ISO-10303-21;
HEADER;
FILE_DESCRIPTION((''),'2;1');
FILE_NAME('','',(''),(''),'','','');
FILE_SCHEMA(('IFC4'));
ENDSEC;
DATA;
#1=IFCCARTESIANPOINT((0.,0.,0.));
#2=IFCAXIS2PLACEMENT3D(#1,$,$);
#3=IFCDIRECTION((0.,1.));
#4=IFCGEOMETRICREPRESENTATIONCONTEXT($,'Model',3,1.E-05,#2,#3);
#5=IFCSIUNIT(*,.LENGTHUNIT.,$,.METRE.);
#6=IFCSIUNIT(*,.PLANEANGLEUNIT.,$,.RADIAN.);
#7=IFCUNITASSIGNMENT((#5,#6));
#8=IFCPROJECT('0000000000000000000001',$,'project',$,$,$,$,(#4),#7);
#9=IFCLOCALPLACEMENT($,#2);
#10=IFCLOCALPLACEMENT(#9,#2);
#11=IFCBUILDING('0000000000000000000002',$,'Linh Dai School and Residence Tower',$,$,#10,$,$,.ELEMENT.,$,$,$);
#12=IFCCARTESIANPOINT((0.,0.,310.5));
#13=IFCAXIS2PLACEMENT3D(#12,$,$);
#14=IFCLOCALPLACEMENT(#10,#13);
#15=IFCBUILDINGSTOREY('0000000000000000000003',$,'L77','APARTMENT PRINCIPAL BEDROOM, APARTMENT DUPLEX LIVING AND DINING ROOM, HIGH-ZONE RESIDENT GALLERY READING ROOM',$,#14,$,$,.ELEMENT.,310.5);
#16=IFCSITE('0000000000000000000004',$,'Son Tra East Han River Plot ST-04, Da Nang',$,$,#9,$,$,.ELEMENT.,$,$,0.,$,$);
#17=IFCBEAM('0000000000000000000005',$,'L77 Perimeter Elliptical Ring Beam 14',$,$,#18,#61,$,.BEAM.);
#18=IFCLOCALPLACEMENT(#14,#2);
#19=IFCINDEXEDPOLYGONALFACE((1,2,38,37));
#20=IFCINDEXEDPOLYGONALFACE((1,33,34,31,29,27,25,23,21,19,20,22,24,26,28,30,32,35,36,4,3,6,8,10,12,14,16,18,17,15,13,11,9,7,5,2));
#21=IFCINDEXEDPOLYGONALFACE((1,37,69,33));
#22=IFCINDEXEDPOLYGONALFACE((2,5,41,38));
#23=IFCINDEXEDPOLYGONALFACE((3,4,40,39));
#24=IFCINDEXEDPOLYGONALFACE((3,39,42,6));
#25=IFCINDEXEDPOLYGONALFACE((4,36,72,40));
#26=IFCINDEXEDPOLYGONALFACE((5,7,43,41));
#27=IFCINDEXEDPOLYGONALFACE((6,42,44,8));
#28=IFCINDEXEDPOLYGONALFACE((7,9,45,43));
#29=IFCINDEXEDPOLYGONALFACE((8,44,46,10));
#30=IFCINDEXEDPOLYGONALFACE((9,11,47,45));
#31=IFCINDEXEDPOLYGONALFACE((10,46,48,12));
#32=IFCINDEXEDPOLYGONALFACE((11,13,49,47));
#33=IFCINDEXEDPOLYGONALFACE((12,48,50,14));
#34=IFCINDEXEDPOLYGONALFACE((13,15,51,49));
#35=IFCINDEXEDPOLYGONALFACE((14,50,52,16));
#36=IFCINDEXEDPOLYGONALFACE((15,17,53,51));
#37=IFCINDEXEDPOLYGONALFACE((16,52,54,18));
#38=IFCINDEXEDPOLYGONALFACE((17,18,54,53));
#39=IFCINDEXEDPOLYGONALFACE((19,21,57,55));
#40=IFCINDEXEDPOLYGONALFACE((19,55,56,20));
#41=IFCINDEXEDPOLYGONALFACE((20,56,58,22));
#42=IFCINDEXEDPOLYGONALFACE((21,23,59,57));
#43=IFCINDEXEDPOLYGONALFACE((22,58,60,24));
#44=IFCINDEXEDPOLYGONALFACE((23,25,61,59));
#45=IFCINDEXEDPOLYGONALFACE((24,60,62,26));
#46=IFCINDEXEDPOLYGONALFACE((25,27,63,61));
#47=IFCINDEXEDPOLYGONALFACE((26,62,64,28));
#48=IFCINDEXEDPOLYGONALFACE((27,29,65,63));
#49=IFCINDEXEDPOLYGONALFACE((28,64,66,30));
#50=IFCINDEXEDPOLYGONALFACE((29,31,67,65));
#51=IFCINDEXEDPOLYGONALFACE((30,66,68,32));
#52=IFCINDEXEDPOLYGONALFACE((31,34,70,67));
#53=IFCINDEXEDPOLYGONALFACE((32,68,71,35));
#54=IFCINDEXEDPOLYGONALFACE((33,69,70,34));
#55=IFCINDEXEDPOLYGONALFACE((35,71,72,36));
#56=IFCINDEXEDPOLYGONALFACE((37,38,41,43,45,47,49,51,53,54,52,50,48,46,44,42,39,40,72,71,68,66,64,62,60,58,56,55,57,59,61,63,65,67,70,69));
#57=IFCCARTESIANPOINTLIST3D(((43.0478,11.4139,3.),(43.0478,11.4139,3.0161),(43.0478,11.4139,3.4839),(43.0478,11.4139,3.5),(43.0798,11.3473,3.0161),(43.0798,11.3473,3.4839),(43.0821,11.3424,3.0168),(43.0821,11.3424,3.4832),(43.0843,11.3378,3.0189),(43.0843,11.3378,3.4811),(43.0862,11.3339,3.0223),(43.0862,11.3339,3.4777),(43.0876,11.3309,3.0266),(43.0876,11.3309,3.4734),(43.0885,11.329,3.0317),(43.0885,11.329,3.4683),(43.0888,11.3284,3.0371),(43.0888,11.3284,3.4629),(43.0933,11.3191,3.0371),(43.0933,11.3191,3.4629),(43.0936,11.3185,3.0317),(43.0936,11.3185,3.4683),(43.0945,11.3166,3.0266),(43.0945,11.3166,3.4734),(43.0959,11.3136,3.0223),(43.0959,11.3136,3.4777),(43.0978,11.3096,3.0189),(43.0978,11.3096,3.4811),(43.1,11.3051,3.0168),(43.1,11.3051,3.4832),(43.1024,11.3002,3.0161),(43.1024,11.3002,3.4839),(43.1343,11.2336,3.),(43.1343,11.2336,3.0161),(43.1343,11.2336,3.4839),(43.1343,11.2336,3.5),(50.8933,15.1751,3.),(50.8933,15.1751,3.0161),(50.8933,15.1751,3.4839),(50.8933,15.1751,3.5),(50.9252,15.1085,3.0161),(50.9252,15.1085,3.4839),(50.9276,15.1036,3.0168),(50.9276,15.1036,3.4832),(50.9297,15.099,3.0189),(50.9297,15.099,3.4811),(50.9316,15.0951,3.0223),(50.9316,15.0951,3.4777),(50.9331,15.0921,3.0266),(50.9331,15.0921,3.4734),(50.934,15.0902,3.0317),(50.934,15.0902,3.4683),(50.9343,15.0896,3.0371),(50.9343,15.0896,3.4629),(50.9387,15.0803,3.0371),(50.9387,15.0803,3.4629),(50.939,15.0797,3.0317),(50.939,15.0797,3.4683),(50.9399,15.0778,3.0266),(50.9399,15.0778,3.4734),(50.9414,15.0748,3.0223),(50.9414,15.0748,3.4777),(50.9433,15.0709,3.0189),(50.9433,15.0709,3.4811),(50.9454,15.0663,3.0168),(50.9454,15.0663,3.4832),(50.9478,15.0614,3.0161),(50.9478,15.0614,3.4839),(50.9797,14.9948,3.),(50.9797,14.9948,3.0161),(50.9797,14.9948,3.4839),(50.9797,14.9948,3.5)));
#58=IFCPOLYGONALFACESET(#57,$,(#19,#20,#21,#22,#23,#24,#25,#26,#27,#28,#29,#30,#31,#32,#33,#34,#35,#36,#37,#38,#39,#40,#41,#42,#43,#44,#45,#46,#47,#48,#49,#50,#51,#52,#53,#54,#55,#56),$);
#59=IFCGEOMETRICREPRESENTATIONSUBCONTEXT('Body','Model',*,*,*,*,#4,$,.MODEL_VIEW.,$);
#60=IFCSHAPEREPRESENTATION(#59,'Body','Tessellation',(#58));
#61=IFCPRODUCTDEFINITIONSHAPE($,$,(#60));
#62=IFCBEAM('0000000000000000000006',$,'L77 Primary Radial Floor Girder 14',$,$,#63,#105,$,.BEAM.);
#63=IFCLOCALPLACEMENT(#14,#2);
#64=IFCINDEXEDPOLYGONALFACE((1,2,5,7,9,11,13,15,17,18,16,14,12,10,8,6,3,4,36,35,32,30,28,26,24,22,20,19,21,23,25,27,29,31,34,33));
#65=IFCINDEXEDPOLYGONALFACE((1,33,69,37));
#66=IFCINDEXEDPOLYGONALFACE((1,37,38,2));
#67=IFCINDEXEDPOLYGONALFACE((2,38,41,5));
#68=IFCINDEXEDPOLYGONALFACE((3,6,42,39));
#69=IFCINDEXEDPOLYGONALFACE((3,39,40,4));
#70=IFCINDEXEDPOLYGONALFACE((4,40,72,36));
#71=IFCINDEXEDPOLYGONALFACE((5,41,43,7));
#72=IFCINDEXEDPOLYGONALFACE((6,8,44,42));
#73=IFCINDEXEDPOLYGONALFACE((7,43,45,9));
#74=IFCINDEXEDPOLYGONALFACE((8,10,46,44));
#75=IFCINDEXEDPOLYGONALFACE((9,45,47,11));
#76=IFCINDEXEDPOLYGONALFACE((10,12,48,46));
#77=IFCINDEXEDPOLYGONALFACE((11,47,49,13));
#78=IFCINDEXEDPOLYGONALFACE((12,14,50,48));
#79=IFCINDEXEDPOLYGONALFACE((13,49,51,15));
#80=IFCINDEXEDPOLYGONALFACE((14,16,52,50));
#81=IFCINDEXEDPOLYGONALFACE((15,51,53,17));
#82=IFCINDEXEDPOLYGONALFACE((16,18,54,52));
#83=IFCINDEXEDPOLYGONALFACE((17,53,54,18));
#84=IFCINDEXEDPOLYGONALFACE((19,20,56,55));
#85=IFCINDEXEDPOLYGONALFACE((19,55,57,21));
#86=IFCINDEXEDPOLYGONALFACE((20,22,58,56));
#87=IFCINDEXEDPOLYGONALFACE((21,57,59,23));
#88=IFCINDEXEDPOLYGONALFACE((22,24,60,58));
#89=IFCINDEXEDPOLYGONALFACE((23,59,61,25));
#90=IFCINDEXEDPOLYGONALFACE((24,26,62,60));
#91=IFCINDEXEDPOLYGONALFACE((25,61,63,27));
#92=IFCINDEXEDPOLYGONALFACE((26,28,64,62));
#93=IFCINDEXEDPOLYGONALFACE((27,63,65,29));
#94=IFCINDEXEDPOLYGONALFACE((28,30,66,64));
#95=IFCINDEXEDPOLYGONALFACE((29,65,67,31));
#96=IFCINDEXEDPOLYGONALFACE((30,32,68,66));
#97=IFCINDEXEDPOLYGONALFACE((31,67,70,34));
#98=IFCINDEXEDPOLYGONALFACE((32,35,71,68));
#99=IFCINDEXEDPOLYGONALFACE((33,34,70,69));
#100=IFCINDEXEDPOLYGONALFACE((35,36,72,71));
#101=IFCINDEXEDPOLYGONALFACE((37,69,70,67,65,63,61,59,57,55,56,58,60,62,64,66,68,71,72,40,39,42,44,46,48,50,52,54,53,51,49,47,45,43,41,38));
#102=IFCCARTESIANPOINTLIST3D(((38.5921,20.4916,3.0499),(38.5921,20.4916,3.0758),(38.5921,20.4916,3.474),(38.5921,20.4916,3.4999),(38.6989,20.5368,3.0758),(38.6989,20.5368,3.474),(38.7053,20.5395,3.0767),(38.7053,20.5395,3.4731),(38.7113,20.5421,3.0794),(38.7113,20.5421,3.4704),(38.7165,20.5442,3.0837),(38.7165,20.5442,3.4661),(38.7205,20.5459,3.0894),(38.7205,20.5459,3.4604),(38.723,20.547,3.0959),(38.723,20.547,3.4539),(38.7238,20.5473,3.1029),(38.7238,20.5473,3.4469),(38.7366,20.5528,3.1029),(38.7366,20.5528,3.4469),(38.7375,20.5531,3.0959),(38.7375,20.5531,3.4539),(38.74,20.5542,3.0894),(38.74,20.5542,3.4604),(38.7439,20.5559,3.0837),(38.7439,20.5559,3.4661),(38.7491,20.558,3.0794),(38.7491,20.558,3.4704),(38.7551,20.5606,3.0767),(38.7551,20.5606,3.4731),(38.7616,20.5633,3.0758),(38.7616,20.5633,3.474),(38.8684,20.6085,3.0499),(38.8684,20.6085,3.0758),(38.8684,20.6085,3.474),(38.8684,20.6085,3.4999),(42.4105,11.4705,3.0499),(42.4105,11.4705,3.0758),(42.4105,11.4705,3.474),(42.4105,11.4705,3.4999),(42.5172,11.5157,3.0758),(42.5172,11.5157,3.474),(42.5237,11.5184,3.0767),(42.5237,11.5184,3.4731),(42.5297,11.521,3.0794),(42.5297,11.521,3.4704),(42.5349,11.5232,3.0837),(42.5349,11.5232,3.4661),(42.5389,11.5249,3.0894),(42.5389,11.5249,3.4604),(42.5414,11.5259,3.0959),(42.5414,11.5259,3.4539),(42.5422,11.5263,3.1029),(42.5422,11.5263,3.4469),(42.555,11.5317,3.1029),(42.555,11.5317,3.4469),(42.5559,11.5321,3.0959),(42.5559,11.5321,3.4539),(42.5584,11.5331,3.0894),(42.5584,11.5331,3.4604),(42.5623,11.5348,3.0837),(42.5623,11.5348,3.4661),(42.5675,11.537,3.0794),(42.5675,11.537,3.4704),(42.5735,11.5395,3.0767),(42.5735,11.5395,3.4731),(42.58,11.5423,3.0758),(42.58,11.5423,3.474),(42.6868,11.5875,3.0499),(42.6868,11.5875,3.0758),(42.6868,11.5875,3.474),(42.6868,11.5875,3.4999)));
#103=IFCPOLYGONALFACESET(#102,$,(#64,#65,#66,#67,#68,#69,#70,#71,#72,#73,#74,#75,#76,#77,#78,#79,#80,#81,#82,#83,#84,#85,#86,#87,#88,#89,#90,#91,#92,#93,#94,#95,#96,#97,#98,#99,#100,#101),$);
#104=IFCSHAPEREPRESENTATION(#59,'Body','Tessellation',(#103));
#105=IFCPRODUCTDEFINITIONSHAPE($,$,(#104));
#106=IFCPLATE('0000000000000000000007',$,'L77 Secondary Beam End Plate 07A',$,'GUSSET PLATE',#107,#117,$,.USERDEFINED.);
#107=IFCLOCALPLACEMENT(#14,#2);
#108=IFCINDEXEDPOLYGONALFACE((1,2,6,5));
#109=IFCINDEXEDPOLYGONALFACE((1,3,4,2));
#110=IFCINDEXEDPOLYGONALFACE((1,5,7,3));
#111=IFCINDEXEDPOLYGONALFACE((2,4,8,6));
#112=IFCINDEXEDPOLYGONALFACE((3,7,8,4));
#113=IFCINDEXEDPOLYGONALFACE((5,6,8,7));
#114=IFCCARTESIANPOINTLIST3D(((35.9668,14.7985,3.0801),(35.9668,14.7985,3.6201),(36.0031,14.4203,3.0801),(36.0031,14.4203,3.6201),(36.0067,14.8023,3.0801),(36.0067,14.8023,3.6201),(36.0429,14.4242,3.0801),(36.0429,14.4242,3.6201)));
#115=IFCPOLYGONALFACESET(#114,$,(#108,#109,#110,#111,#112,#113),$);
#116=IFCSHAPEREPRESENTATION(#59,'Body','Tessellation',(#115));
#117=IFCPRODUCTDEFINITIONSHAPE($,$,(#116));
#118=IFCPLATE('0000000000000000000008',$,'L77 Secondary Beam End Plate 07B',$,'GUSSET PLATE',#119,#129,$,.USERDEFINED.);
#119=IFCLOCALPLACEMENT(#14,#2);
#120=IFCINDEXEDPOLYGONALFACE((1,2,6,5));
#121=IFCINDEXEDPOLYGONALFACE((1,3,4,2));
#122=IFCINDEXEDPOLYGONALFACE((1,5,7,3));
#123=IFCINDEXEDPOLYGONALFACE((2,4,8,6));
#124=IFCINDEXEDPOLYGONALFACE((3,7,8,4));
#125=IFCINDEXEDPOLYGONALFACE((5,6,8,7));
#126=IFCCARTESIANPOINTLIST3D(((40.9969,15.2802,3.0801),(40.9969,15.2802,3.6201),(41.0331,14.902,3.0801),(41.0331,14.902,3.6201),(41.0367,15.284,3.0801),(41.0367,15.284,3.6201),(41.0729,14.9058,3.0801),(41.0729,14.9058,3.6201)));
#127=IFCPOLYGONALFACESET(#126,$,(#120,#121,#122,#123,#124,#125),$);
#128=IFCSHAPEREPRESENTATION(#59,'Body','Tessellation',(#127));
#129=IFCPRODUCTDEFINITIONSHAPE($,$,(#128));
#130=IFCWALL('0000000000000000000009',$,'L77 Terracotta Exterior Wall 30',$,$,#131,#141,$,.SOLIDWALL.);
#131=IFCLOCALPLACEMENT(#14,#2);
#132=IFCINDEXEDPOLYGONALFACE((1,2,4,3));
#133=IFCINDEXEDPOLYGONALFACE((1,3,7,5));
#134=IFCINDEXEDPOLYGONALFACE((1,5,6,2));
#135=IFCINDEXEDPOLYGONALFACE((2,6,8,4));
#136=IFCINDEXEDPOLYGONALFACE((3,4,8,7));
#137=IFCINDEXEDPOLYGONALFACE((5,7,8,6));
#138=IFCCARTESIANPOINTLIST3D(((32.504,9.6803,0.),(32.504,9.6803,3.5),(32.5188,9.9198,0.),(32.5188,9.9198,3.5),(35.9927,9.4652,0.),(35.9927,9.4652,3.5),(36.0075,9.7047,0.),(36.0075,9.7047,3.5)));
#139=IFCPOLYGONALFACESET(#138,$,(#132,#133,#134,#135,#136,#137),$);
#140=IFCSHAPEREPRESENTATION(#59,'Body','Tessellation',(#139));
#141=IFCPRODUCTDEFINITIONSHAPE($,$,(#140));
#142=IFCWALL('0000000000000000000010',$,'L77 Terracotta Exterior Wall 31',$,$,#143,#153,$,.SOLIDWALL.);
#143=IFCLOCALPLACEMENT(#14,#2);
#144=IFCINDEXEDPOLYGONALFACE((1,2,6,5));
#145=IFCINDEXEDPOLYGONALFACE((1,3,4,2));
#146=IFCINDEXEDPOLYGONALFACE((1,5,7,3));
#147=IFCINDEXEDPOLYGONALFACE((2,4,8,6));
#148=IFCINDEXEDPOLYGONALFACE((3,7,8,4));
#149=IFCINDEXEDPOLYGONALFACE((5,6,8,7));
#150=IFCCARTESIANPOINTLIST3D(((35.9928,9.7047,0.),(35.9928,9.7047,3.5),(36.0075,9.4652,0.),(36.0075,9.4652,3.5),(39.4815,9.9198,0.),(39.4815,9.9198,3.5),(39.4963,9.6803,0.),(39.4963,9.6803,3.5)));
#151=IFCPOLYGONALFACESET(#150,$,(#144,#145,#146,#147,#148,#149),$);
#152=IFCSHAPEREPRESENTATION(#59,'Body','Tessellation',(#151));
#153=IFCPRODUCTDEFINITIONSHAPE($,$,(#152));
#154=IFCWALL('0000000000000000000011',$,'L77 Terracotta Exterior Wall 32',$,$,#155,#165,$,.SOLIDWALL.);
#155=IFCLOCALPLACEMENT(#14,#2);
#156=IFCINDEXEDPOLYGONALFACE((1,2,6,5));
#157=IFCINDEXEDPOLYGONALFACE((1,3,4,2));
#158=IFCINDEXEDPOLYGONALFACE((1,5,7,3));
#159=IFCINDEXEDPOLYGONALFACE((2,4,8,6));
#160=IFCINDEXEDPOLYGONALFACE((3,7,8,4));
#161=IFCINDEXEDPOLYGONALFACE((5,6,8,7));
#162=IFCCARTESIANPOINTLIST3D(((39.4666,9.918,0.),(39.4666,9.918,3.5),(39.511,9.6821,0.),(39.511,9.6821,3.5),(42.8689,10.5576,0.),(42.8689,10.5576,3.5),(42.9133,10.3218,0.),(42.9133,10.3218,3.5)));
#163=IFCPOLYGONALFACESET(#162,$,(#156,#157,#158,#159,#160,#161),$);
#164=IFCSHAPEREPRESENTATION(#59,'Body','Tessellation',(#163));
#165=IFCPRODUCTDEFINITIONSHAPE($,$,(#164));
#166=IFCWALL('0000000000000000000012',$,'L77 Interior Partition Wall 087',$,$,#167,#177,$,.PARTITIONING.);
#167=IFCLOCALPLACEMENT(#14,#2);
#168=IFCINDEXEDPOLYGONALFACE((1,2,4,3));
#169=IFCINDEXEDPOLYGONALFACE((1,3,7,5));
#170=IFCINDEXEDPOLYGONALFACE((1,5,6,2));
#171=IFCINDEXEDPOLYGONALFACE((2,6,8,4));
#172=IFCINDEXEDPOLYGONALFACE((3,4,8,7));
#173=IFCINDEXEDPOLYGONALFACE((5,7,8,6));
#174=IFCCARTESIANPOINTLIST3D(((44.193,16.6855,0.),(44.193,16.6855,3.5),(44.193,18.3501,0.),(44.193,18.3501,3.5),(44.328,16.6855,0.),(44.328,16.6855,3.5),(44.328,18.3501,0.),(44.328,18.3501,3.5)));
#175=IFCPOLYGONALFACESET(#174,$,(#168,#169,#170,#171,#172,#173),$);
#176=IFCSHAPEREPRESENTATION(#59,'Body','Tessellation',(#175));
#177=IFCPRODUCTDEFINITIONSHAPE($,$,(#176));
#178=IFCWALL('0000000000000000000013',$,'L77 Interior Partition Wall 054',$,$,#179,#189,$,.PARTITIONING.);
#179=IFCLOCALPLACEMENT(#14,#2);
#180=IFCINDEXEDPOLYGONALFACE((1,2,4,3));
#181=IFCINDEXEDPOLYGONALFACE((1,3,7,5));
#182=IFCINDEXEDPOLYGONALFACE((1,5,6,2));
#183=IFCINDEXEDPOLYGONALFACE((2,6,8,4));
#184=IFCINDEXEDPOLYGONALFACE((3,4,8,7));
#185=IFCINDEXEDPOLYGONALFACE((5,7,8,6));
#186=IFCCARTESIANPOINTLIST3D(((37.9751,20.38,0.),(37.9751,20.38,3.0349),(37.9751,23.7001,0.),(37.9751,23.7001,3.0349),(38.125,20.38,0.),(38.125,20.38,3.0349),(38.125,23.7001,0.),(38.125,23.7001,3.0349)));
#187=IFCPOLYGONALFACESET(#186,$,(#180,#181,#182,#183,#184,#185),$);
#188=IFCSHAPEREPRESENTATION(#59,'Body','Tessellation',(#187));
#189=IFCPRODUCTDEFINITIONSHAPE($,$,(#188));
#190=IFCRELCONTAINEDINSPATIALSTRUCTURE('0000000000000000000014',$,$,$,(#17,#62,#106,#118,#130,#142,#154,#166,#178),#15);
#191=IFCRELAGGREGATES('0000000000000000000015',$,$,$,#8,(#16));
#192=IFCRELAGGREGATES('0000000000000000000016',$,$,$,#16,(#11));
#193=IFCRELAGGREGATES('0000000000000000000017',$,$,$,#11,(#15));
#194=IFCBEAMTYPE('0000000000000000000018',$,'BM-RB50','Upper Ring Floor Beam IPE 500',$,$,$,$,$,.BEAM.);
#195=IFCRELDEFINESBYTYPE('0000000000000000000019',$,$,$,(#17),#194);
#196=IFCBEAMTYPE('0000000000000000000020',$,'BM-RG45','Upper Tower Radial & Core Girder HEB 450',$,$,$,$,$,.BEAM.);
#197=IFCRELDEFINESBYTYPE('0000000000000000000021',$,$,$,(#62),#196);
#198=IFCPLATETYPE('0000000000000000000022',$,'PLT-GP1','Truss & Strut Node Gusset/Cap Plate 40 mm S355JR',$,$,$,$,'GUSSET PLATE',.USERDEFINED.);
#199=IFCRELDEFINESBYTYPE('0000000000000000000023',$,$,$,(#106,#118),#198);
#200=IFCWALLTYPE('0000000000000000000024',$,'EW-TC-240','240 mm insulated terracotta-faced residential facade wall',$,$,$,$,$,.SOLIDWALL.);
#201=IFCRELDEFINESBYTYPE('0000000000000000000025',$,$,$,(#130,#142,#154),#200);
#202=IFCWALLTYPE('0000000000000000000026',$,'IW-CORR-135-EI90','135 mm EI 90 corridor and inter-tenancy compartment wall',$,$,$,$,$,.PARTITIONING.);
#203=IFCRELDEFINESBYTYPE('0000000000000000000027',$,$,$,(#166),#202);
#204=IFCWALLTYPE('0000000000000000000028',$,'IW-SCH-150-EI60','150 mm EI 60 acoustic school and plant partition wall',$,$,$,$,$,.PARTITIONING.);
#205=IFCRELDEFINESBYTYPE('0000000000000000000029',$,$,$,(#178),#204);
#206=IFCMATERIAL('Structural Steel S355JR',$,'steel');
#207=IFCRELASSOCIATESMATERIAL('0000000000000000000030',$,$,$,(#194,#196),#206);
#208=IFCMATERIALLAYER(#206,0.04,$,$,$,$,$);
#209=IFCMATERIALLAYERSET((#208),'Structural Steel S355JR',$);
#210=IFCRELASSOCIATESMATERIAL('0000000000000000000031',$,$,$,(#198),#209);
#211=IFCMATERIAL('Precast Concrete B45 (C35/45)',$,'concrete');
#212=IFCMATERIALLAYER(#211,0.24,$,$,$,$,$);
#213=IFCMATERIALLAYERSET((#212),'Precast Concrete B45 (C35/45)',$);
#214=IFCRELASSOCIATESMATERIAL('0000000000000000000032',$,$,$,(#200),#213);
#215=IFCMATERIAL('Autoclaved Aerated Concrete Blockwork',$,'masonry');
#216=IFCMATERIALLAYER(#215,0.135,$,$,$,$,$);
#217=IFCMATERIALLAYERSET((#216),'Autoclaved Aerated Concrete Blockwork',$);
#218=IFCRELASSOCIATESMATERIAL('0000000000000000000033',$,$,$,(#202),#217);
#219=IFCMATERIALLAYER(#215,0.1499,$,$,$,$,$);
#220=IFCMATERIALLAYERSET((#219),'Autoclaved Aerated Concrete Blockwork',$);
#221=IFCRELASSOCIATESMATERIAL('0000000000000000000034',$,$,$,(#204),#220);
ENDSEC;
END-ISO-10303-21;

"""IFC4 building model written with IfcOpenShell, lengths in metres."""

from ifc_helpers import new_model, si_unit, direction, frame, frame_2d, origin, origin_2d, place, context, subcontext, project, spatial, rectangle, i_section, extrude, source, transform, mapped, material, layer, layer_set, material_profile, profile_set, type_object, element, save


model = new_model("IFC4")

# Units and contexts
model_context = context("Model", 3, precision=1e-05, world=origin(), true_north=direction((0.0, 1.0)))
body_context = subcontext(model_context, "Body", "Model", "MODEL_VIEW")
ifc_project = project(units=[si_unit("LENGTHUNIT", "METRE"), si_unit("PLANEANGLEUNIT", "RADIAN")], contexts=[model_context])

# Site, building, storey
site_placement = place(None, origin())
site = spatial("IfcSite", under=ifc_project, at=site_placement, Name="Son Tra East Han River Plot ST-04, Da Nang", CompositionType="ELEMENT", RefElevation=0.0)
building_placement = place(site_placement, origin())
building = spatial("IfcBuilding", under=site, at=building_placement, Name="Linh Dai School and Residence Tower", CompositionType="ELEMENT")
storey_placement = place(building_placement, frame((0.0, 0.0, 310.5)))
storey = spatial("IfcBuildingStorey", under=building, at=storey_placement, Name="L77", Description="APARTMENT PRINCIPAL BEDROOM, APARTMENT DUPLEX LIVING AND DINING ROOM, HIGH-ZONE RESIDENT GALLERY READING ROOM", CompositionType="ELEMENT", Elevation=310.5)

# Shared definitions
ifc_material_1 = material(Name="Structural Steel S355JR", Category="steel")

# Beams
ifc_material_profile_1 = material_profile(ifc_material_1, i_section(OverallWidth=0.2, OverallDepth=0.5, WebThickness=0.0103, FlangeThickness=0.0161, FilletRadius=0.021, at=origin_2d()), Name="IPE 500")
ifc_profile_set_1 = profile_set([ifc_material_profile_1], Name="Structural Steel S355JR")
beam_type_1 = type_object("IfcBeamType", Name="BM-RB50", Description="Upper Ring Floor Beam IPE 500", PredefinedType="BEAM", material=ifc_profile_set_1)
beam_1_placement = place(storey_placement, frame((43.0911, 11.3237, 3.25), z_axis=(0.901729, 0.432302, 0.0), x_axis=(-0.432302, 0.901729, 0.0)))
element("IfcBeam", 1, at=beam_1_placement, inside=storey, type_object=beam_type_1, Name="L77 Perimeter Elliptical Ring Beam 14", PredefinedType="BEAM", context=body_context, shape_type="SweptSolid", body=[
    extrude(i_section(OverallWidth=0.2, OverallDepth=0.5, WebThickness=0.0103, FlangeThickness=0.0161, FilletRadius=0.021, at=origin_2d()), origin(), (0.0, 0.0, 1.0), 8.7004),
])
ifc_material_profile_2 = material_profile(ifc_material_1, i_section(OverallWidth=0.3, OverallDepth=0.45, WebThickness=0.0139, FlangeThickness=0.0259, FilletRadius=0.0271, at=origin_2d()), Name="HEB 450")
ifc_profile_set_2 = profile_set([ifc_material_profile_2], Name="Structural Steel S355JR")
beam_type_2 = type_object("IfcBeamType", Name="BM-RG45", Description="Upper Tower Radial & Core Girder HEB 450", PredefinedType="BEAM", material=ifc_profile_set_2)
beam_2_placement = place(storey_placement, frame((38.7302, 20.55, 3.2749), z_axis=(0.389794, -0.920902, 0.0), x_axis=(0.920902, 0.389794, 0.0)))
element("IfcBeam", 2, at=beam_2_placement, inside=storey, type_object=beam_type_2, Name="L77 Primary Radial Floor Girder 14", PredefinedType="BEAM", context=body_context, shape_type="SweptSolid", body=[
    extrude(i_section(OverallWidth=0.3, OverallDepth=0.45, WebThickness=0.0139, FlangeThickness=0.0259, FilletRadius=0.0271, at=origin_2d()), origin(), (0.0, 0.0, 1.0), 9.7959),
])

# Plates
ifc_layer_1 = layer(ifc_material_1, 0.04)
ifc_layer_set_1 = layer_set([ifc_layer_1], Name="Structural Steel S355JR")
plate_type = type_object("IfcPlateType", Name="PLT-GP1", Description="Truss & Strut Node Gusset/Cap Plate 40 mm S355JR", ElementType="GUSSET PLATE", PredefinedType="USERDEFINED", material=ifc_layer_set_1)
shared_shape_1 = source(origin(), body_context, "Body", "SweptSolid", [
    extrude(rectangle(XDim=0.04, YDim=0.3799, at=origin_2d()), origin(), (0.0, 0.0, 1.0), 0.54),
])
for number, where, z_axis, x_axis, name in (
    (3, (36.0049, 14.6113, 3.0801), (0.0, 0.0, 1.0), (0.995445, 0.095338, 0.0), "L77 Secondary Beam End Plate 07A"),
    (4, (41.0349, 15.093, 3.0801), (0.0, 0.0, 1.0), (0.995445, 0.095338, 0.0), "L77 Secondary Beam End Plate 07B"),
):
    element("IfcPlate", number, at=place(storey_placement, frame(where, z_axis=z_axis, x_axis=x_axis)), inside=storey, type_object=plate_type, Name=name, ObjectType="GUSSET PLATE", PredefinedType="USERDEFINED", context=body_context, shape_type="MappedRepresentation", body=[
        mapped(shared_shape_1, transform((0.0, 0.0, 0.0), x_axis=(1.0, 0.0, 0.0), y_axis=(0.0, 1.0, 0.0), z_axis=(0.0, 0.0, 1.0), scale=1.0)),
    ])

# Walls
ifc_material_2 = material(Name="Precast Concrete B45 (C35/45)", Category="concrete")
ifc_layer_2 = layer(ifc_material_2, 0.24)
ifc_layer_set_2 = layer_set([ifc_layer_2], Name="Precast Concrete B45 (C35/45)")
wall_type_1 = type_object("IfcWallType", Name="EW-TC-240", Description="240 mm insulated terracotta-faced residential facade wall", PredefinedType="SOLIDWALL", material=ifc_layer_set_2)
for number, where, z_axis, x_axis, name in (
    (5, (36.0, 9.585, 0.0), (0.0, 0.0, 1.0), (-0.998105, 0.061535, 0.0), "L77 Terracotta Exterior Wall 30"),
    (6, (39.4888, 9.8, 0.0), (0.0, 0.0, 1.0), (-0.998105, -0.061535, 0.0), "L77 Terracotta Exterior Wall 31"),
):
    element("IfcWall", number, at=place(storey_placement, frame(where, z_axis=z_axis, x_axis=x_axis)), inside=storey, type_object=wall_type_1, Name=name, PredefinedType="SOLIDWALL", context=body_context, shape_type="SweptSolid", body=[
        extrude(rectangle(XDim=3.4954, YDim=0.24, at=frame_2d((1.7476, 0.0))), origin(), (0.0, 0.0, 1.0), 3.5),
    ])
wall_1_placement = place(storey_placement, frame((42.8911, 10.4397, 0.0), z_axis=(0.0, 0.0, 1.0), x_axis=(-0.982783, -0.184765, 0.0)))
element("IfcWall", 7, at=wall_1_placement, inside=storey, type_object=wall_type_1, Name="L77 Terracotta Exterior Wall 32", PredefinedType="SOLIDWALL", context=body_context, shape_type="SweptSolid", body=[
    extrude(rectangle(XDim=3.4619, YDim=0.24, at=frame_2d((1.731, 0.0))), origin(), (0.0, 0.0, 1.0), 3.5),
])
ifc_material_3 = material(Name="Autoclaved Aerated Concrete Blockwork", Category="masonry")
ifc_layer_3 = layer(ifc_material_3, 0.135)
ifc_layer_set_3 = layer_set([ifc_layer_3], Name="Autoclaved Aerated Concrete Blockwork")
wall_type_2 = type_object("IfcWallType", Name="IW-CORR-135-EI90", Description="135 mm EI 90 corridor and inter-tenancy compartment wall", PredefinedType="PARTITIONING", material=ifc_layer_set_3)
wall_2_placement = place(storey_placement, frame((44.2605, 18.3501, 0.0), z_axis=(0.0, 0.0, 1.0), x_axis=(0.0, -1.0, 0.0)))
element("IfcWall", 8, at=wall_2_placement, inside=storey, type_object=wall_type_2, Name="L77 Interior Partition Wall 087", PredefinedType="PARTITIONING", context=body_context, shape_type="SweptSolid", body=[
    extrude(rectangle(XDim=1.6646, YDim=0.135, at=frame_2d((0.8323, 0.0))), origin(), (0.0, 0.0, 1.0), 3.5),
])
ifc_layer_4 = layer(ifc_material_3, 0.1499)
ifc_layer_set_4 = layer_set([ifc_layer_4], Name="Autoclaved Aerated Concrete Blockwork")
wall_type_3 = type_object("IfcWallType", Name="IW-SCH-150-EI60", Description="150 mm EI 60 acoustic school and plant partition wall", PredefinedType="PARTITIONING", material=ifc_layer_set_4)
wall_3_placement = place(storey_placement, frame((38.05, 20.3799, 0.0), z_axis=(0.0, 0.0, 1.0), x_axis=(0.0, 1.0, 0.0)))
element("IfcWall", 9, at=wall_3_placement, inside=storey, type_object=wall_type_3, Name="L77 Interior Partition Wall 054", PredefinedType="PARTITIONING", context=body_context, shape_type="SweptSolid", body=[
    extrude(rectangle(XDim=3.3201, YDim=0.1499, at=frame_2d((1.6602, 0.0))), origin(), (0.0, 0.0, 1.0), 3.0349),
])

save(model, "model.ifc")
